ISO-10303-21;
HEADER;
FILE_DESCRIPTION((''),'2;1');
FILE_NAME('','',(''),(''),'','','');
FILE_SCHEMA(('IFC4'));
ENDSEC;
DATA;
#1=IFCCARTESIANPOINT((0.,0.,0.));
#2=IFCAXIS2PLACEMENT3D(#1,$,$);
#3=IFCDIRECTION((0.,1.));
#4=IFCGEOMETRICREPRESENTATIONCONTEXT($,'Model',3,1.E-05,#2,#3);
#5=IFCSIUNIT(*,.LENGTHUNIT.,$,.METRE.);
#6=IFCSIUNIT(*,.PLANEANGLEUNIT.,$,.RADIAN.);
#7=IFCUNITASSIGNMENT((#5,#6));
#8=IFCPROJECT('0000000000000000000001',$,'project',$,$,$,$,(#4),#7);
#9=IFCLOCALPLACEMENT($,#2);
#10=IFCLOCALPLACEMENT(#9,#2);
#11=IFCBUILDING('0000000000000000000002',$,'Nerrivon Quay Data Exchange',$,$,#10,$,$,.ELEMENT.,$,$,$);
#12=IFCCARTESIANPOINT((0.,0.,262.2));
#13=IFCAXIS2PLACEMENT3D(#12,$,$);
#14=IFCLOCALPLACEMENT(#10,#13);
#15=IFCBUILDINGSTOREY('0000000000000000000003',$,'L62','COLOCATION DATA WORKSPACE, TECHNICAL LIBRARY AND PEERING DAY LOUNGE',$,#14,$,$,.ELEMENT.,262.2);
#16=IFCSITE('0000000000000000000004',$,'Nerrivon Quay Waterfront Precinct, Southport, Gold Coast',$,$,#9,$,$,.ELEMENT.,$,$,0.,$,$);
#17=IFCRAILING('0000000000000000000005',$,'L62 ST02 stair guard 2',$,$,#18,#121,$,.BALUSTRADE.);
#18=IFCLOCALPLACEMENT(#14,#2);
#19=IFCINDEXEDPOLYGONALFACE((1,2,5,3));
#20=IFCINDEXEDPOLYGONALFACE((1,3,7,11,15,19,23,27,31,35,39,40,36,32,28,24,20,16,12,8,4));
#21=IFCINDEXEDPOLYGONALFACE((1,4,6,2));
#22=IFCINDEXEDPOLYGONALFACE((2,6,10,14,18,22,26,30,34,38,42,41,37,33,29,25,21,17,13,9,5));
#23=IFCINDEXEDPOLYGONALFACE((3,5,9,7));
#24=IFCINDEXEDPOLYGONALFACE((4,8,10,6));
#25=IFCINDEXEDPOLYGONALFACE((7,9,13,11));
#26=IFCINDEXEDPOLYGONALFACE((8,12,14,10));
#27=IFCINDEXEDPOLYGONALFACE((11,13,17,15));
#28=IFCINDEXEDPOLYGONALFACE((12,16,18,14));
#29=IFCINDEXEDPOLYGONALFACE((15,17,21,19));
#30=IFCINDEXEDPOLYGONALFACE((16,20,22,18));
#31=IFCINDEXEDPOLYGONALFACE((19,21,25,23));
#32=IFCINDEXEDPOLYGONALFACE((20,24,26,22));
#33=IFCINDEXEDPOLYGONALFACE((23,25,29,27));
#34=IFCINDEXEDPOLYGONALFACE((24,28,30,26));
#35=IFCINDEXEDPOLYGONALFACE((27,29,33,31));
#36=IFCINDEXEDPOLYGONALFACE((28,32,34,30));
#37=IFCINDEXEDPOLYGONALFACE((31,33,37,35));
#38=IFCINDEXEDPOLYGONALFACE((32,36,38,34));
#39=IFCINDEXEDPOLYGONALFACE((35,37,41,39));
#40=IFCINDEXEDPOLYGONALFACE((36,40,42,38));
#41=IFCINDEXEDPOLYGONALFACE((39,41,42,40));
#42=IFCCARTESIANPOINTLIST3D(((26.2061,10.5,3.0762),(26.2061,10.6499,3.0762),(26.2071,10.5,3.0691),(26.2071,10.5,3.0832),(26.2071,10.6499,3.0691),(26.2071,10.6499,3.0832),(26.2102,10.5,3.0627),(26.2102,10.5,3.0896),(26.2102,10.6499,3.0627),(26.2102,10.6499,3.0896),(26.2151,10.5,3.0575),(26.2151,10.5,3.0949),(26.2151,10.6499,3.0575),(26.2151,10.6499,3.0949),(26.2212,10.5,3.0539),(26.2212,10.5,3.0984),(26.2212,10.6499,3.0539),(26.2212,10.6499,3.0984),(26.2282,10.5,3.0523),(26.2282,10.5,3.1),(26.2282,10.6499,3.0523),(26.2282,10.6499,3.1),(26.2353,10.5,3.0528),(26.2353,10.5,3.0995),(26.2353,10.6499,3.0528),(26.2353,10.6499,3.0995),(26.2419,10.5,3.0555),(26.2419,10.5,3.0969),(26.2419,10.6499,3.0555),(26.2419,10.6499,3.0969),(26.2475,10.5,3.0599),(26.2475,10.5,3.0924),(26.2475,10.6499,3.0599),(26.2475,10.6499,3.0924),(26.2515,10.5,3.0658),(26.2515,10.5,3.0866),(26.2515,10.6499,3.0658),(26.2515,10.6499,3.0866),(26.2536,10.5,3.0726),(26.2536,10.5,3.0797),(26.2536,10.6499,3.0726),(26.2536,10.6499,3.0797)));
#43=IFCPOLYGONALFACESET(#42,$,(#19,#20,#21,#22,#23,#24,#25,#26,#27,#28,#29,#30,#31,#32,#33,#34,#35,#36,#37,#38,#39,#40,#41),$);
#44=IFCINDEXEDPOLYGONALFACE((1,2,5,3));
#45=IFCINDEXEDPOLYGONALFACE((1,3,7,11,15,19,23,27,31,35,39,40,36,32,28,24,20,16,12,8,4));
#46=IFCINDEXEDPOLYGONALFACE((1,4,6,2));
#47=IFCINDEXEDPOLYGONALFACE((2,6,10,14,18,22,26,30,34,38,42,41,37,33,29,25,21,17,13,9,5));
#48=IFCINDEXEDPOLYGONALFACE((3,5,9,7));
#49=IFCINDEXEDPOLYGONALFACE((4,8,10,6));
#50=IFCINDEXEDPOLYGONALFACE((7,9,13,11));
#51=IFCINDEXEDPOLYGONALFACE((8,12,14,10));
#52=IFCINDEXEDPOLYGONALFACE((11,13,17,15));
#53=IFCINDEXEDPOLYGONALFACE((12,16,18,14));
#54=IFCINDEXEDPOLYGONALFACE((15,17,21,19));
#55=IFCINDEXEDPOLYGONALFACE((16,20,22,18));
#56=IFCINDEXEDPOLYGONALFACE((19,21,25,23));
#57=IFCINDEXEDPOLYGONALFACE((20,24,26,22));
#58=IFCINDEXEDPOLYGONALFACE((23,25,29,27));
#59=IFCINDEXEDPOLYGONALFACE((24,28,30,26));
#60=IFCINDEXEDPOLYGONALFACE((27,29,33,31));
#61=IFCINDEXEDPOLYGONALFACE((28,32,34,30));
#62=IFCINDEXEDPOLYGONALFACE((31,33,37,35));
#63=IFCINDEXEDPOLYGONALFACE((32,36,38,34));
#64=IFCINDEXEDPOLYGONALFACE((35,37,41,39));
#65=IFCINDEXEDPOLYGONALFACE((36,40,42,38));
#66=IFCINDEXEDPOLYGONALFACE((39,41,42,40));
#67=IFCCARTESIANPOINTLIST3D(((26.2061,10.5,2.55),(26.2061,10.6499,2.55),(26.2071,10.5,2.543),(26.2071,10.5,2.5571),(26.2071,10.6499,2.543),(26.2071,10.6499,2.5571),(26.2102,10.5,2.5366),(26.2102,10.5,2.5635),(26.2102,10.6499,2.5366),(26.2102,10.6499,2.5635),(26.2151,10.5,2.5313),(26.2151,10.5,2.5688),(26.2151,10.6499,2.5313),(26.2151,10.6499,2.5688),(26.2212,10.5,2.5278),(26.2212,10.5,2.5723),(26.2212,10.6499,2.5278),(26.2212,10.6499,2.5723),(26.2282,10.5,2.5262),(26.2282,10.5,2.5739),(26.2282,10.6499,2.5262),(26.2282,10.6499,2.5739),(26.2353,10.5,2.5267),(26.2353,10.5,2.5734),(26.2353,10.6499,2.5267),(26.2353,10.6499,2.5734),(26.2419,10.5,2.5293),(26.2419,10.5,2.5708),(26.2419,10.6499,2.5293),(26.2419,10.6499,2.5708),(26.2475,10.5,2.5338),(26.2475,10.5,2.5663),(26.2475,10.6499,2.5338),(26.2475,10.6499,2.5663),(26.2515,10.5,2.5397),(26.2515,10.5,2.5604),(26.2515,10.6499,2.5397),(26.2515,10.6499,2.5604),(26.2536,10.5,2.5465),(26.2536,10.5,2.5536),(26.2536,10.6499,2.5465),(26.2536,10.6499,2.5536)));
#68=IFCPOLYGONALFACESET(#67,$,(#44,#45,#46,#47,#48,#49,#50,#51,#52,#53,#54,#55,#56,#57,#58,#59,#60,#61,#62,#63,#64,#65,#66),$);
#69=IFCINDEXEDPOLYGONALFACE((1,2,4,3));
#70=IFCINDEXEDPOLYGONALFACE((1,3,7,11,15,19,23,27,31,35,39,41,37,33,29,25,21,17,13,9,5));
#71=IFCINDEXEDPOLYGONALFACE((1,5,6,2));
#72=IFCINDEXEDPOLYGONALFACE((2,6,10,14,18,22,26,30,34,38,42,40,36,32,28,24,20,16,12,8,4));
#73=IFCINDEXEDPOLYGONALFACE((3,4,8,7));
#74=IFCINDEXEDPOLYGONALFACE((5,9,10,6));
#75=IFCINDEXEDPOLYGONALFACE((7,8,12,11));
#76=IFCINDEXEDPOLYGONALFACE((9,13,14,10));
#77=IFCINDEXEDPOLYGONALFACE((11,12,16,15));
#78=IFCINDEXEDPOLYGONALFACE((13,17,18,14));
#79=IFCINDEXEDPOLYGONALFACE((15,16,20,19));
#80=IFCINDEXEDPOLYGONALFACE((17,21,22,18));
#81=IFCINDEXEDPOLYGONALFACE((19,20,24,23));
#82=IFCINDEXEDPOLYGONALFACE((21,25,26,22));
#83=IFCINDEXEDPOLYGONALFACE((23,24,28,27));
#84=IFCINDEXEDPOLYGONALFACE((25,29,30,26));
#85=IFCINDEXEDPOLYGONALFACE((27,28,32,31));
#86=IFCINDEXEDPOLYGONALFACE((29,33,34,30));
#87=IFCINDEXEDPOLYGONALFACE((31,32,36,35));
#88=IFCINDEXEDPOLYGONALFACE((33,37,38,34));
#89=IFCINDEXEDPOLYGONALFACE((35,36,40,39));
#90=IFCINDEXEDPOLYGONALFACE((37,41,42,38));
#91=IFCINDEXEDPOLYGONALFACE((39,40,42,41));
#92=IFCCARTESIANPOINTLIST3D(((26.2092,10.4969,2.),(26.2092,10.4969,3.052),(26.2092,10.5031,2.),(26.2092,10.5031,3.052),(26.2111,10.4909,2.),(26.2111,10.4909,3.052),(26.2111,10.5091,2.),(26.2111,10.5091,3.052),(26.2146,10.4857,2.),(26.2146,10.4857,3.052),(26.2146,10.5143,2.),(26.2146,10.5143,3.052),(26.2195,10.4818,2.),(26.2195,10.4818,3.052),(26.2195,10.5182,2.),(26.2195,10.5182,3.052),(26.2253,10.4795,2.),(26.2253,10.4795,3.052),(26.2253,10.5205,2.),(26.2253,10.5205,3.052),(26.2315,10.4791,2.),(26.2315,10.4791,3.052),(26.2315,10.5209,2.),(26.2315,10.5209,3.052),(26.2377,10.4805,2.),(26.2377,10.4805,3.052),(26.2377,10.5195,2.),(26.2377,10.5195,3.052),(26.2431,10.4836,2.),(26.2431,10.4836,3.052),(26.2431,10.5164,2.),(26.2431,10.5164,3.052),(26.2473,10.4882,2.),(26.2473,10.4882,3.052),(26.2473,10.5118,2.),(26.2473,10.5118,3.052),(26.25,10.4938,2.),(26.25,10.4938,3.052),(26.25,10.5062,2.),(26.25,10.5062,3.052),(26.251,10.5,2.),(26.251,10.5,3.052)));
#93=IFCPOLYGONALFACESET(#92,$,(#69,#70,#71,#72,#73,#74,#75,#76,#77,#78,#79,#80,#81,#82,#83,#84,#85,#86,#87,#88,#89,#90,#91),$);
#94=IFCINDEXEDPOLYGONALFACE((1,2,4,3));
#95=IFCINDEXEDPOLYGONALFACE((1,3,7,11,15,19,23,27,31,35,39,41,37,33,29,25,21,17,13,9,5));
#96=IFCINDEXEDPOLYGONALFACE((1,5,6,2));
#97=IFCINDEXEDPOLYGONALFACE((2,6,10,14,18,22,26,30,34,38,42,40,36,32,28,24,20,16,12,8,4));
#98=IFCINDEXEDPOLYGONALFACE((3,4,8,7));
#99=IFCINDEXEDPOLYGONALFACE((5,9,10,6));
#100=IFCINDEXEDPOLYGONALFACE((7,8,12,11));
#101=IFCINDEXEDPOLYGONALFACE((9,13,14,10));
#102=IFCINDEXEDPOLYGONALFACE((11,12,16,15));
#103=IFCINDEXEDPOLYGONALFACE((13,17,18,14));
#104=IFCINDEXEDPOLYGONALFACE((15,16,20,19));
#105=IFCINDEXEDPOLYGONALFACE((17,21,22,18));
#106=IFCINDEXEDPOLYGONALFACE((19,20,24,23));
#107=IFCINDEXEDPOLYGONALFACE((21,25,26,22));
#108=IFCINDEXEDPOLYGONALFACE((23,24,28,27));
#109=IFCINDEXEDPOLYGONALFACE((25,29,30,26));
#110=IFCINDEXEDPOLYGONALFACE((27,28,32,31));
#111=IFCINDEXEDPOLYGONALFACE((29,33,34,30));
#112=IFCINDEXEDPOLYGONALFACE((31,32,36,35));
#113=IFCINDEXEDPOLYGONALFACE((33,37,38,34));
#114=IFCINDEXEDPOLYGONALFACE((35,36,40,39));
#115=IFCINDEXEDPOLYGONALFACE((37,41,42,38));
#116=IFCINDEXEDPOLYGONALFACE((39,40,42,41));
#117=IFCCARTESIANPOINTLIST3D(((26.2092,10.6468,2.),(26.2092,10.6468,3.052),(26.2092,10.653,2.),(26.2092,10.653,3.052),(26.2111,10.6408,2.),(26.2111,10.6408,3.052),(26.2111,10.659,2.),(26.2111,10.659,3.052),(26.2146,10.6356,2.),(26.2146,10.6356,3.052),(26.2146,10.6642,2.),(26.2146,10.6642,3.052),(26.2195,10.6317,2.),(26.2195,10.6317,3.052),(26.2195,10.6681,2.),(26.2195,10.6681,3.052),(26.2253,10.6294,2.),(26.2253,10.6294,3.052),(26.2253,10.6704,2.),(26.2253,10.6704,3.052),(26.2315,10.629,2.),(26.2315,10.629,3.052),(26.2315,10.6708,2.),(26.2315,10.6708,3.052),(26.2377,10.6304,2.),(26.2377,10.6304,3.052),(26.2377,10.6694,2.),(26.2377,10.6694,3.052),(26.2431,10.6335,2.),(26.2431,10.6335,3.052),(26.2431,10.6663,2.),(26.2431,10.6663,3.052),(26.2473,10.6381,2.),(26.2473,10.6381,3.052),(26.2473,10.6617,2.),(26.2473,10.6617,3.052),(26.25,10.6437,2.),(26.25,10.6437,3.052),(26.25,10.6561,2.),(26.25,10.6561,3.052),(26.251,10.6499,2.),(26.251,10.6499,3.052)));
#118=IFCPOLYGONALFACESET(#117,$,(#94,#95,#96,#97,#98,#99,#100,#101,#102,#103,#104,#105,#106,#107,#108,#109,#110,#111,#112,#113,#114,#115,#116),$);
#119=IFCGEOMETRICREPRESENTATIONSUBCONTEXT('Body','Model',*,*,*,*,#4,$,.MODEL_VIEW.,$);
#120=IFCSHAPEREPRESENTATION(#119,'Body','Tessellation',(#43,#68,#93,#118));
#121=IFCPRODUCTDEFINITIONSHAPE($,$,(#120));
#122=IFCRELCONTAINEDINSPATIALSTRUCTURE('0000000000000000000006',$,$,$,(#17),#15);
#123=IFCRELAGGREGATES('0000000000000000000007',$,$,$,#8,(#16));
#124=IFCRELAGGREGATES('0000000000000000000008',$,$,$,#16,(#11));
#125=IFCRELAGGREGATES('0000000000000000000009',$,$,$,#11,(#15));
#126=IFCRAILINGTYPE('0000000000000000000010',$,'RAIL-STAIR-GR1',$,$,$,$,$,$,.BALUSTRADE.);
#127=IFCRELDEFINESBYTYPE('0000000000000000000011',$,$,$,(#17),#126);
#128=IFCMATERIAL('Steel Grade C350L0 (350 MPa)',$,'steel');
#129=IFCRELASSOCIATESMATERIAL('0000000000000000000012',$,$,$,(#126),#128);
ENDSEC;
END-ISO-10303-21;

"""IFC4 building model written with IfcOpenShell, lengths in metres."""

from ifc_helpers import new_model, si_unit, direction, frame, origin, origin_2d, place, context, subcontext, project, spatial, circle, extrude, material, type_object, element, save


model = new_model("IFC4")

# Units and contexts
model_context = context("Model", 3, precision=1e-05, world=origin(), true_north=direction((0.0, 1.0)))
body_context = subcontext(model_context, "Body", "Model", "MODEL_VIEW")
ifc_project = project(units=[si_unit("LENGTHUNIT", "METRE"), si_unit("PLANEANGLEUNIT", "RADIAN")], contexts=[model_context])

# Site, building, storey
site_placement = place(None, origin())
site = spatial("IfcSite", under=ifc_project, at=site_placement, Name="Nerrivon Quay Waterfront Precinct, Southport, Gold Coast", CompositionType="ELEMENT", RefElevation=0.0)
building_placement = place(site_placement, origin())
building = spatial("IfcBuilding", under=site, at=building_placement, Name="Nerrivon Quay Data Exchange", CompositionType="ELEMENT")
storey_placement = place(building_placement, frame((0.0, 0.0, 262.2)))
storey = spatial("IfcBuildingStorey", under=building, at=storey_placement, Name="L62", Description="COLOCATION DATA WORKSPACE, TECHNICAL LIBRARY AND PEERING DAY LOUNGE", CompositionType="ELEMENT", Elevation=262.2)

# Railing
ifc_material_1 = material(Name="Steel Grade C350L0 (350 MPa)", Category="steel")
railing_type_1 = type_object("IfcRailingType", Name="RAIL-STAIR-GR1", PredefinedType="BALUSTRADE", material=ifc_material_1)
railing_1_placement = place(storey_placement, frame((26.23, 10.5, 2.0)))
element("IfcRailing", 1, at=railing_1_placement, inside=storey, type_object=railing_type_1, Name="L62 ST02 stair guard 2", PredefinedType="BALUSTRADE", context=body_context, shape_type="SweptSolid", body=[
    extrude(circle(Radius=0.0239, at=origin_2d()), frame((0.0, 0.0, 1.0762), z_axis=(0.0, 1.0, 0.0), x_axis=(-1.0, 0.0, 0.0)), (0.0, 0.0, 1.0), 0.1499),
    extrude(circle(Radius=0.0239, at=origin_2d()), frame((0.0, 0.0, 0.55), z_axis=(0.0, 1.0, 0.0), x_axis=(-1.0, 0.0, 0.0)), (0.0, 0.0, 1.0), 0.1499),
    extrude(circle(Radius=0.021, at=origin_2d()), origin(), (0.0, 0.0, 1.0), 1.052),
    extrude(circle(Radius=0.021, at=origin_2d()), frame((0.0, 0.1499, 0.0)), (0.0, 0.0, 1.0), 1.052),
])

save(model, "model.ifc")
